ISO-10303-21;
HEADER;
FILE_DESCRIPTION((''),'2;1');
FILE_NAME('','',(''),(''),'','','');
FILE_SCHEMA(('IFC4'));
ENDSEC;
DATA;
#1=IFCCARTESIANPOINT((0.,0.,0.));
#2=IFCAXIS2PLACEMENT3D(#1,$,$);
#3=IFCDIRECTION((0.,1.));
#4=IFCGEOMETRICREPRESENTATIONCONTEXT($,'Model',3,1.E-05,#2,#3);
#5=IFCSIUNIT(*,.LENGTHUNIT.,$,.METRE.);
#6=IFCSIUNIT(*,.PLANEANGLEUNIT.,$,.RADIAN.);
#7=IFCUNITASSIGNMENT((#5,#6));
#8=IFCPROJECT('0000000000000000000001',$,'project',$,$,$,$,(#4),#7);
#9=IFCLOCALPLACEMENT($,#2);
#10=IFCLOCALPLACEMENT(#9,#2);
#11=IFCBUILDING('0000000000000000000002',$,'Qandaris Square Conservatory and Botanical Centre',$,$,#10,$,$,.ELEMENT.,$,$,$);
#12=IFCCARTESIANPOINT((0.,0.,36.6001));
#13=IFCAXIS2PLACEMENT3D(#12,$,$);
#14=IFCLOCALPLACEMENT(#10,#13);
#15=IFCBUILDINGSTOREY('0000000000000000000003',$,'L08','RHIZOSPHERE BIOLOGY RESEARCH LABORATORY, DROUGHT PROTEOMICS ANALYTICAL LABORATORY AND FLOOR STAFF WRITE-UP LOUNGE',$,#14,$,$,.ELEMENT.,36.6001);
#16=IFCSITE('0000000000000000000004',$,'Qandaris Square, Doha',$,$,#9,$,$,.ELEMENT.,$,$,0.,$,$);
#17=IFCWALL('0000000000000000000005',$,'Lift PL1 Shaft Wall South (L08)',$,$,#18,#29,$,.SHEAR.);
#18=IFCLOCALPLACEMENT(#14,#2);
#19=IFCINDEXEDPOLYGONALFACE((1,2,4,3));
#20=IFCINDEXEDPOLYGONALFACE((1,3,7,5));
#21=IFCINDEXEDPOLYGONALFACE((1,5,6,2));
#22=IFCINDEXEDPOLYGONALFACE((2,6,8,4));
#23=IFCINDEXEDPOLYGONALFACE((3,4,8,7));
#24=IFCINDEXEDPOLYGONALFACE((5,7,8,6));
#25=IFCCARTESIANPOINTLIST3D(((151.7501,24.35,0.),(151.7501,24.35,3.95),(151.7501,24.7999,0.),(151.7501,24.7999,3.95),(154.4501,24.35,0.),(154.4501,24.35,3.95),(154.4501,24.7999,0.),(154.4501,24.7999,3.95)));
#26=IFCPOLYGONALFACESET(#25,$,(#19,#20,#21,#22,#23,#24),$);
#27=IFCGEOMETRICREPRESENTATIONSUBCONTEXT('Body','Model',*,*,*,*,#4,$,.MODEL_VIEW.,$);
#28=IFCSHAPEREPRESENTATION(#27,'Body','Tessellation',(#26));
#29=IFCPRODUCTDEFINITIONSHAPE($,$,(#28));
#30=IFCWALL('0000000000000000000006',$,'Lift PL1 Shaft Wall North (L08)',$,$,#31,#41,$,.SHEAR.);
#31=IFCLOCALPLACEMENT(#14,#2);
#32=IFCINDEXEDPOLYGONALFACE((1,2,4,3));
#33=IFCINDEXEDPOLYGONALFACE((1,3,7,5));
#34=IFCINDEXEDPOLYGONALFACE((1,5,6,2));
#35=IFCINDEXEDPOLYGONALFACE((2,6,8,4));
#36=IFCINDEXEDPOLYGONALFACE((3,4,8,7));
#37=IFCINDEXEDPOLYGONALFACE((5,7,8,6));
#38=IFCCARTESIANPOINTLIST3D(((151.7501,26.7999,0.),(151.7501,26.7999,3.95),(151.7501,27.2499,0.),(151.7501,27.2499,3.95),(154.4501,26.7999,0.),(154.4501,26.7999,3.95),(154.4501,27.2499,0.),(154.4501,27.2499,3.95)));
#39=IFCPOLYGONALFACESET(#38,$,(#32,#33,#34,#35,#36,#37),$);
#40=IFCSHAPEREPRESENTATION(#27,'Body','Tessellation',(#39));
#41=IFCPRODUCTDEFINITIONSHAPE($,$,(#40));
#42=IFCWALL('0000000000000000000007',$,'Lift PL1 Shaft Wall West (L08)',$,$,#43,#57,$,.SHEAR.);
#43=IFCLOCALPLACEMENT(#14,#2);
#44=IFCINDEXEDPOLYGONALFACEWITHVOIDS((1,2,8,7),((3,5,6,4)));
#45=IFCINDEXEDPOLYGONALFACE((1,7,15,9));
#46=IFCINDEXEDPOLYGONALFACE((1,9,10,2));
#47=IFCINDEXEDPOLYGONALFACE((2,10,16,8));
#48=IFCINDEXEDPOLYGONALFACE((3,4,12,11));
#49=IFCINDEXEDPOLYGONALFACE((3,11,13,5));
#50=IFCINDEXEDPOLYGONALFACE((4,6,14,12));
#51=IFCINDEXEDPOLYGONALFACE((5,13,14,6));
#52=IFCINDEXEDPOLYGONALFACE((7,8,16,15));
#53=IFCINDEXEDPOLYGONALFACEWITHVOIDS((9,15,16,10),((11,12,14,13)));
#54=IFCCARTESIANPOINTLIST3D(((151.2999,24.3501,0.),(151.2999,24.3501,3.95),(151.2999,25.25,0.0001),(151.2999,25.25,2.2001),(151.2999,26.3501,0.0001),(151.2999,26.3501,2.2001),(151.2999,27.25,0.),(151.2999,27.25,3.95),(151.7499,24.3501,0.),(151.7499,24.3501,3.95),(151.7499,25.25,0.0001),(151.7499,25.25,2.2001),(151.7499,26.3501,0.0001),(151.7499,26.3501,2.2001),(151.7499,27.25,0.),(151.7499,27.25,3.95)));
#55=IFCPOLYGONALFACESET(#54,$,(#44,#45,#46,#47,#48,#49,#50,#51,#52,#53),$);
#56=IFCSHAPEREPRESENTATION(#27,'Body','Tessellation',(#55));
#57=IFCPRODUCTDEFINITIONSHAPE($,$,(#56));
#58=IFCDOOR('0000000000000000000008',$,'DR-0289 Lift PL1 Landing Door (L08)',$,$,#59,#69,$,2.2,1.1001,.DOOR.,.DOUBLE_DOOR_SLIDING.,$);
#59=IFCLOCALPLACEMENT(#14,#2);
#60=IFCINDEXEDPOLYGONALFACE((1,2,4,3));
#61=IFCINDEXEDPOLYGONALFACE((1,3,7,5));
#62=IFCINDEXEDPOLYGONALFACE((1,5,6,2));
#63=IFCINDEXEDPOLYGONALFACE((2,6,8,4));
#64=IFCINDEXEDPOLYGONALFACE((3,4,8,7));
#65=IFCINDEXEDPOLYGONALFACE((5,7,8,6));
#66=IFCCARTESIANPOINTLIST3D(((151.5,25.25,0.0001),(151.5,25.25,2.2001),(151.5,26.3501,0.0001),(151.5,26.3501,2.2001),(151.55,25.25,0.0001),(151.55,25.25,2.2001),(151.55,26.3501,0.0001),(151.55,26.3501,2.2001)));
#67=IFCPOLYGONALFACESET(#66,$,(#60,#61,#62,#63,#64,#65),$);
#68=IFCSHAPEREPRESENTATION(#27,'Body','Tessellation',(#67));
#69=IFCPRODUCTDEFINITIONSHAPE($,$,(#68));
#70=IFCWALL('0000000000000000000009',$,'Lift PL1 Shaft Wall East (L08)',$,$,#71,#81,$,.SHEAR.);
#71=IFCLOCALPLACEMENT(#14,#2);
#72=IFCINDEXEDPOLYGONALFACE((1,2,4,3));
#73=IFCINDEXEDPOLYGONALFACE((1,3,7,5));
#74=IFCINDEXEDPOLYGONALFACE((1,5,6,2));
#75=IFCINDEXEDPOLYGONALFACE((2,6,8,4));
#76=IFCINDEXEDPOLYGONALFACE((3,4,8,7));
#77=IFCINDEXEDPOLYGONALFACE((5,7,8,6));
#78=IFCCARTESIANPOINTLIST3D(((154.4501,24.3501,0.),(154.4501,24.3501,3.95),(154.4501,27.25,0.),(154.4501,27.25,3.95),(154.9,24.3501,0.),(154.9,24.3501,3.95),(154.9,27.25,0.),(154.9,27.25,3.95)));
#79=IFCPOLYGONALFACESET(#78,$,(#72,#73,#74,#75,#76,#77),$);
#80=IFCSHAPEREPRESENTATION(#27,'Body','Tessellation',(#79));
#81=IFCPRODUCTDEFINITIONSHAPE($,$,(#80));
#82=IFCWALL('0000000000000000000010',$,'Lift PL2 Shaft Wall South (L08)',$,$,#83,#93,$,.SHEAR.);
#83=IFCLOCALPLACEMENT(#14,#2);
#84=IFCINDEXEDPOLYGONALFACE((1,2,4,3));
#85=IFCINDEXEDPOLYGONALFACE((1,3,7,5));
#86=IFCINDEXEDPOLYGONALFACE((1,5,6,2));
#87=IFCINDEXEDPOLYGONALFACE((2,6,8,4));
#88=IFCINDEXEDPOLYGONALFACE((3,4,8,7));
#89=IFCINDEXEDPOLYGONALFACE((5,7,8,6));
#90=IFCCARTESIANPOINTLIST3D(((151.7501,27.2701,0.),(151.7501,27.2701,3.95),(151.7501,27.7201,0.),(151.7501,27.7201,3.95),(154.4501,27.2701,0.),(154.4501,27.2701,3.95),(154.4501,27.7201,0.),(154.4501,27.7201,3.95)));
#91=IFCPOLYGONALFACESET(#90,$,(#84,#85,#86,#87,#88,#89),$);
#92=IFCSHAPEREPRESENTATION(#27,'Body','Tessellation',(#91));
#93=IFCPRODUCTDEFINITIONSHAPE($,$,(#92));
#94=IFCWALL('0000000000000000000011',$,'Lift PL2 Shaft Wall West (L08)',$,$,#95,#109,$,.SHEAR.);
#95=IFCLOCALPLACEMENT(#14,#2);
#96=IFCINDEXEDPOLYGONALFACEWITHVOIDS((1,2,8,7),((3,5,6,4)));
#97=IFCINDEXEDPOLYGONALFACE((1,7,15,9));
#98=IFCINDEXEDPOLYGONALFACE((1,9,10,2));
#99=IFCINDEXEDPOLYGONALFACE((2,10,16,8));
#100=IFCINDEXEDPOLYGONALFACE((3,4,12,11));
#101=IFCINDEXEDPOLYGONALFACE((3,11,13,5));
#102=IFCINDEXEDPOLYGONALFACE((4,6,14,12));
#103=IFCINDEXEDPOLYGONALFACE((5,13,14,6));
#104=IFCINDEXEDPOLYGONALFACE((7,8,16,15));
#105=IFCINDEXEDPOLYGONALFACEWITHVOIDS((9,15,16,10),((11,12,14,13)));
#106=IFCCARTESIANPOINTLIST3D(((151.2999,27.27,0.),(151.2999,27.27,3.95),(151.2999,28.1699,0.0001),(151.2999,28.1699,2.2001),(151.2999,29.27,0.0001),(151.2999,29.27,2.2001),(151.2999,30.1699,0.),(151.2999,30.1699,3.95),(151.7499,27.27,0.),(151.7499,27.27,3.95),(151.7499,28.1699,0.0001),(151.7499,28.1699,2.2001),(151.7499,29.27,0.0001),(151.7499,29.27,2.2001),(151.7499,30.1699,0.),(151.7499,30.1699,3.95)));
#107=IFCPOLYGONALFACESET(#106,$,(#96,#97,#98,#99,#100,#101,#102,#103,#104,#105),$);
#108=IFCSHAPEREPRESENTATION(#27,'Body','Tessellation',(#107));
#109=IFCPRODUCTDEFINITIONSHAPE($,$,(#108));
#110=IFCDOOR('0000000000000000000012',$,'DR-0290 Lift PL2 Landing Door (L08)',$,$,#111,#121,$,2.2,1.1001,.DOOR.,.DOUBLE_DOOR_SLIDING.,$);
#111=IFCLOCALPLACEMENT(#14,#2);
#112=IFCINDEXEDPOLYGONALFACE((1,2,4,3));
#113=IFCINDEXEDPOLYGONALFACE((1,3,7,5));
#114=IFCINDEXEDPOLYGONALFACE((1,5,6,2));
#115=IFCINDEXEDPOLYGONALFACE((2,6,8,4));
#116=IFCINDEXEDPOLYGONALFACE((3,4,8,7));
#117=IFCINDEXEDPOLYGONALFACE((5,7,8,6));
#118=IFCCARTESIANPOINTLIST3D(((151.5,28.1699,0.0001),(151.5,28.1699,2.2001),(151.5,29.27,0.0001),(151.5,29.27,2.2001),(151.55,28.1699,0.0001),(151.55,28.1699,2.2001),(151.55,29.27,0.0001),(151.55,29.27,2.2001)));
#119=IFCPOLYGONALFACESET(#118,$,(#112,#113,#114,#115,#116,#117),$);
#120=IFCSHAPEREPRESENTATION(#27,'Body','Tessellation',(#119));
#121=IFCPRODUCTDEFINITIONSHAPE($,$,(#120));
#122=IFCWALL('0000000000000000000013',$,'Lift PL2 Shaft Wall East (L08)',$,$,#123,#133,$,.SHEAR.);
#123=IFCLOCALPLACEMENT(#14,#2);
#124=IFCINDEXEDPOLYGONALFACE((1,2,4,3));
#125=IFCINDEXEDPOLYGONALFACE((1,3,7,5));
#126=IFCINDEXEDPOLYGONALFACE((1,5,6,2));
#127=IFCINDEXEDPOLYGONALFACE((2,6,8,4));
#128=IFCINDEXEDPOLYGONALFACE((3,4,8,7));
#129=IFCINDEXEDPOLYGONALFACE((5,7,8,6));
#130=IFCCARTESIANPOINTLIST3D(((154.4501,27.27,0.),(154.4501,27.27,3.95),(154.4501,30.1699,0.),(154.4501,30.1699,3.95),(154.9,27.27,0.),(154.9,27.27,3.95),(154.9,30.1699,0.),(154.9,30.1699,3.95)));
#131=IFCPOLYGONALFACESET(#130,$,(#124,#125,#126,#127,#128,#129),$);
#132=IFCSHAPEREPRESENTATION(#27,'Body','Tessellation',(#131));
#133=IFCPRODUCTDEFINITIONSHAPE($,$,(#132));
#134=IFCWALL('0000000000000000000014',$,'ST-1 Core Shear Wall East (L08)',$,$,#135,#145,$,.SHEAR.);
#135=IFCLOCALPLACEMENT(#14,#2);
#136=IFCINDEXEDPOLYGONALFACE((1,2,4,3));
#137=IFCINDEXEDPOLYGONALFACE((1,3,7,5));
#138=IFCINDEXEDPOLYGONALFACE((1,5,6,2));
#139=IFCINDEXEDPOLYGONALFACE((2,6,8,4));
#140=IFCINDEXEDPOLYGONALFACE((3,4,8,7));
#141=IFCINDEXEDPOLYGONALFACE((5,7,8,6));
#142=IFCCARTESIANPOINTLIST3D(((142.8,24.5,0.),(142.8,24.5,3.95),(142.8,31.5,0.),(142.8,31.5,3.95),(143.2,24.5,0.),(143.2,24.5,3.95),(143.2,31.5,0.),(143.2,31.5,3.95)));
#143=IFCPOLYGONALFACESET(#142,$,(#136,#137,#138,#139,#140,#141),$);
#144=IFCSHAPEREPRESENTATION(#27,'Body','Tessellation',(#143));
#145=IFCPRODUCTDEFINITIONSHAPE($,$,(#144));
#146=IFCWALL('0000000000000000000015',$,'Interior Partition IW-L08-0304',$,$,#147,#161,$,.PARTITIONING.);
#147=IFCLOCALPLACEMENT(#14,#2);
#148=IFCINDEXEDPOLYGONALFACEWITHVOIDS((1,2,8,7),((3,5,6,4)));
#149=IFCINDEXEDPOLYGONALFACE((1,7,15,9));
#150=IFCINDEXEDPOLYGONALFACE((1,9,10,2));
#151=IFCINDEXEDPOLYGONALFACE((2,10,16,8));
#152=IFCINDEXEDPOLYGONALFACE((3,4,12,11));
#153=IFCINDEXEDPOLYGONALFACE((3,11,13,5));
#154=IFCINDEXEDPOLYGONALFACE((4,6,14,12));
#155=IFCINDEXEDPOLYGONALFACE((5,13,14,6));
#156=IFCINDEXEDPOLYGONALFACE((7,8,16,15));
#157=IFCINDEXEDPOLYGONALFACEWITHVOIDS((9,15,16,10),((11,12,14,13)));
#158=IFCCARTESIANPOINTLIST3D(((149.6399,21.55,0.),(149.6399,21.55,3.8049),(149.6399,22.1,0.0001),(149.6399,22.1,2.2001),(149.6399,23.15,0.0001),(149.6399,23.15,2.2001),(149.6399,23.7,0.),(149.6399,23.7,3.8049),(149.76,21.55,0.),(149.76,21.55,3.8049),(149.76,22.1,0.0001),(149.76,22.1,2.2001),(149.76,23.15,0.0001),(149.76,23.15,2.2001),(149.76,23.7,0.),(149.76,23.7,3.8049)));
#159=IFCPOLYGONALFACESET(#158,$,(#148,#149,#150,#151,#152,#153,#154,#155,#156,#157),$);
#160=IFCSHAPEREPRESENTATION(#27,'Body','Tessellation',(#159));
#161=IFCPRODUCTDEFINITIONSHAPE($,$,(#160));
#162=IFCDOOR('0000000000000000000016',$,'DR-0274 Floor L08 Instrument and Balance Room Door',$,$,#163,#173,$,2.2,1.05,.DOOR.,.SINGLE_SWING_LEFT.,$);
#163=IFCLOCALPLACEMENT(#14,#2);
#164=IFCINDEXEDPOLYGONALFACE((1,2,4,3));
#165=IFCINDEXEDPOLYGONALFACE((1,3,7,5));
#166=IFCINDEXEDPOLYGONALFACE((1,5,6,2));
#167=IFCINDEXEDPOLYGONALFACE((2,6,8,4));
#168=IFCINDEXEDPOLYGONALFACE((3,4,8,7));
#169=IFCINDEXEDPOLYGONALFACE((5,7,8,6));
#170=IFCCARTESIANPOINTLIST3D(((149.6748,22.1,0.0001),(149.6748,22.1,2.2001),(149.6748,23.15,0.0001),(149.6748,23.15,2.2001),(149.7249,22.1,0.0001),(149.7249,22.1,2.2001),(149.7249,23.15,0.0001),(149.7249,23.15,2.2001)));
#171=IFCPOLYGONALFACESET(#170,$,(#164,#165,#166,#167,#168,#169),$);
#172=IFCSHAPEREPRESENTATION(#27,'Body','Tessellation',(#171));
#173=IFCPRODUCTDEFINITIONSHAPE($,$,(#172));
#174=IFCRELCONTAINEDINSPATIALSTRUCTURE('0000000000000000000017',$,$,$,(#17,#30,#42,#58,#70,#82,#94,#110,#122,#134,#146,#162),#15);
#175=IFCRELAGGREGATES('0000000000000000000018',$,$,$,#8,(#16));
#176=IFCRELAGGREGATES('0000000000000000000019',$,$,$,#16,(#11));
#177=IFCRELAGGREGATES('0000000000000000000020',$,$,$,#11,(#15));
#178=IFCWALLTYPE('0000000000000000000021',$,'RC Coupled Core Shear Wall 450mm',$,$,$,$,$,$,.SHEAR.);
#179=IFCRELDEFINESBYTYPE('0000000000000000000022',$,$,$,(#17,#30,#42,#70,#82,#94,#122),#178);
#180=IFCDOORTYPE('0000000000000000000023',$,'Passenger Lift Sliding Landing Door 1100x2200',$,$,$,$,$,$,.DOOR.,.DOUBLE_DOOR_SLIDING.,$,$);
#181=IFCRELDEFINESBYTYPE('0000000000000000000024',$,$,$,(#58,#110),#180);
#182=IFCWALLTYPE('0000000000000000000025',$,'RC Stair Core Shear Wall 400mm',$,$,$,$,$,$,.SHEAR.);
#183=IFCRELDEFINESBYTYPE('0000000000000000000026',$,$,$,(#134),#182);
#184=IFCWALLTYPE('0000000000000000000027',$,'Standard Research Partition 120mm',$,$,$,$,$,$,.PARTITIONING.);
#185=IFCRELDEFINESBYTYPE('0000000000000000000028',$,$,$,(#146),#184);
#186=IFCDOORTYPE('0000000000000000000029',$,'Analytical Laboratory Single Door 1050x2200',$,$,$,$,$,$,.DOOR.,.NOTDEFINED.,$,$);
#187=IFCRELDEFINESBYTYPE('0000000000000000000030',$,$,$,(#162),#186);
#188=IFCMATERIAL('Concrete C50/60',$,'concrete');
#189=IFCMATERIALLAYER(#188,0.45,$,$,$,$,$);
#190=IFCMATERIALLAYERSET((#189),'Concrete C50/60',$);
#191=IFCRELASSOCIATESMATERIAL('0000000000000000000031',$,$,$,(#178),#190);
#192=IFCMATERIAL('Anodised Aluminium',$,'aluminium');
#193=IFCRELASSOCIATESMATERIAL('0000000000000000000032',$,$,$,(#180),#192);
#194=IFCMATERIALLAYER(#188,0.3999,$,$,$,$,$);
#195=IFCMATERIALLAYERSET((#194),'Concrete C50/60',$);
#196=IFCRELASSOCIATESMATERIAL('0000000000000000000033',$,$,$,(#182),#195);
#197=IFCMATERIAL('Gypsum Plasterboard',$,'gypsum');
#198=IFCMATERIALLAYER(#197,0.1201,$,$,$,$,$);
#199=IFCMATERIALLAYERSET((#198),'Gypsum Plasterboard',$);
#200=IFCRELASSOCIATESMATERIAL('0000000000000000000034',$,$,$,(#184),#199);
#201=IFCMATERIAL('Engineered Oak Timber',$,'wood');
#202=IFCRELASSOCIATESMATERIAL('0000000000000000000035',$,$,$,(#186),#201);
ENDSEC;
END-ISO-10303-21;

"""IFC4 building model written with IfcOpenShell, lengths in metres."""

from ifc_helpers import new_model, si_unit, direction, frame, frame_2d, origin, place, context, subcontext, project, spatial, rectangle, extrude, material, layer, layer_set, type_object, element, fill, save


model = new_model("IFC4")

# Units and contexts
model_context = context("Model", 3, precision=1e-05, world=origin(), true_north=direction((0.0, 1.0)))
body_context = subcontext(model_context, "Body", "Model", "MODEL_VIEW")
ifc_project = project(units=[si_unit("LENGTHUNIT", "METRE"), si_unit("PLANEANGLEUNIT", "RADIAN")], contexts=[model_context])

# Site, building, storey
site_placement = place(None, origin())
site = spatial("IfcSite", under=ifc_project, at=site_placement, Name="Qandaris Square, Doha", CompositionType="ELEMENT", RefElevation=0.0)
building_placement = place(site_placement, origin())
building = spatial("IfcBuilding", under=site, at=building_placement, Name="Qandaris Square Conservatory and Botanical Centre", CompositionType="ELEMENT")
storey_placement = place(building_placement, frame((0.0, 0.0, 36.6001)))
storey = spatial("IfcBuildingStorey", under=building, at=storey_placement, Name="L08", Description="RHIZOSPHERE BIOLOGY RESEARCH LABORATORY, DROUGHT PROTEOMICS ANALYTICAL LABORATORY AND FLOOR STAFF WRITE-UP LOUNGE", CompositionType="ELEMENT", Elevation=36.6001)

# Shared definitions
ifc_material_1 = material(Name="Concrete C50/60", Category="concrete")

# Shared definitions
ifc_material_2 = material(Name="Gypsum Plasterboard", Category="gypsum")
ifc_material_3 = material(Name="Engineered Oak Timber", Category="wood")

# Shared definitions
ifc_material_4 = material(Name="Anodised Aluminium", Category="aluminium")

# Walls
ifc_layer_1 = layer(ifc_material_1, 0.45)
ifc_layer_set_1 = layer_set([ifc_layer_1], Name="Concrete C50/60")
wall_type_1 = type_object("IfcWallType", Name="RC Coupled Core Shear Wall 450mm", PredefinedType="SHEAR", material=ifc_layer_set_1)
for number, where, z_axis, x_axis, name in (
    (1, (151.75, 24.575, 0.0), (0.0, 0.0, 1.0), (1.0, 0.0, 0.0), "Lift PL1 Shaft Wall South (L08)"),
    (2, (151.75, 27.0249, 0.0), (0.0, 0.0, 1.0), (1.0, 0.0, 0.0), "Lift PL1 Shaft Wall North (L08)"),
):
    element("IfcWall", number, at=place(storey_placement, frame(where, z_axis=z_axis, x_axis=x_axis)), inside=storey, type_object=wall_type_1, Name=name, PredefinedType="SHEAR", context=body_context, shape_type="SweptSolid", body=[
        extrude(rectangle(XDim=2.7, YDim=0.45, at=frame_2d((1.3501, 0.0))), origin(), (0.0, 0.0, 1.0), 3.95),
    ])

# Wall, opening, door
wall_1_placement = place(storey_placement, frame((151.5249, 24.3501, 0.0), z_axis=(0.0, 0.0, 1.0), x_axis=(0.0, 1.0, 0.0)))
wall_1 = element("IfcWall", 3, at=wall_1_placement, inside=storey, type_object=wall_type_1, Name="Lift PL1 Shaft Wall West (L08)", PredefinedType="SHEAR", context=body_context, shape_type="SweptSolid", body=[
    extrude(rectangle(XDim=2.8999, YDim=0.45, at=frame_2d((1.45, 0.0))), origin(), (0.0, 0.0, 1.0), 3.95),
])
opening_1_placement = place(wall_1_placement, frame((0.8999, 0.0, 0.0)))
opening_1 = element("IfcOpeningElement", 4, at=opening_1_placement, cuts=wall_1, PredefinedType="OPENING", context=body_context, shape_type="SweptSolid", body=[
    extrude(rectangle(XDim=1.1001, YDim=2.2, at=frame_2d((0.55, 1.1001))), frame((0.0, 0.2368, 0.0), z_axis=(0.0, -1.0, 0.0), x_axis=(1.0, 0.0, 0.0)), (0.0, 0.0, 1.0), 0.4739),
])
door_type_1 = type_object("IfcDoorType", Name="Passenger Lift Sliding Landing Door 1100x2200", OperationType="DOUBLE_DOOR_SLIDING", PredefinedType="DOOR", material=ifc_material_4)
door_1_placement = place(opening_1_placement, origin())
door_1 = element("IfcDoor", 5, at=door_1_placement, inside=storey, type_object=door_type_1, Name="DR-0289 Lift PL1 Landing Door (L08)", OperationType="DOUBLE_DOOR_SLIDING", OverallHeight=2.2, OverallWidth=1.1001, PredefinedType="DOOR", context=body_context, shape_type="SweptSolid", body=[
    extrude(rectangle(XDim=1.1001, YDim=2.2, at=frame_2d((0.55, 1.1001))), frame((0.0, 0.0249, 0.0), z_axis=(0.0, -1.0, 0.0), x_axis=(1.0, 0.0, 0.0)), (0.0, 0.0, 1.0), 0.05),
])
fill(opening_1, door_1)

# Walls
wall_2_placement = place(storey_placement, frame((154.675, 24.3501, 0.0), z_axis=(0.0, 0.0, 1.0), x_axis=(0.0, 1.0, 0.0)))
element("IfcWall", 6, at=wall_2_placement, inside=storey, type_object=wall_type_1, Name="Lift PL1 Shaft Wall East (L08)", PredefinedType="SHEAR", context=body_context, shape_type="SweptSolid", body=[
    extrude(rectangle(XDim=2.8999, YDim=0.45, at=frame_2d((1.45, 0.0))), origin(), (0.0, 0.0, 1.0), 3.95),
])
wall_3_placement = place(storey_placement, frame((151.75, 27.4951, 0.0), z_axis=(0.0, 0.0, 1.0), x_axis=(1.0, 0.0, 0.0)))
element("IfcWall", 7, at=wall_3_placement, inside=storey, type_object=wall_type_1, Name="Lift PL2 Shaft Wall South (L08)", PredefinedType="SHEAR", context=body_context, shape_type="SweptSolid", body=[
    extrude(rectangle(XDim=2.7, YDim=0.45, at=frame_2d((1.3501, 0.0))), origin(), (0.0, 0.0, 1.0), 3.95),
])

# Wall, opening, door
wall_4_placement = place(storey_placement, frame((151.5249, 27.27, 0.0), z_axis=(0.0, 0.0, 1.0), x_axis=(0.0, 1.0, 0.0)))
wall_4 = element("IfcWall", 8, at=wall_4_placement, inside=storey, type_object=wall_type_1, Name="Lift PL2 Shaft Wall West (L08)", PredefinedType="SHEAR", context=body_context, shape_type="SweptSolid", body=[
    extrude(rectangle(XDim=2.8999, YDim=0.45, at=frame_2d((1.45, 0.0))), origin(), (0.0, 0.0, 1.0), 3.95),
])
opening_2_placement = place(wall_4_placement, frame((0.8999, 0.0, 0.0)))
opening_2 = element("IfcOpeningElement", 9, at=opening_2_placement, cuts=wall_4, PredefinedType="OPENING", context=body_context, shape_type="SweptSolid", body=[
    extrude(rectangle(XDim=1.1001, YDim=2.2, at=frame_2d((0.55, 1.1001))), frame((0.0, 0.2368, 0.0), z_axis=(0.0, -1.0, 0.0), x_axis=(1.0, 0.0, 0.0)), (0.0, 0.0, 1.0), 0.4739),
])
door_2_placement = place(opening_2_placement, origin())
door_2 = element("IfcDoor", 10, at=door_2_placement, inside=storey, type_object=door_type_1, Name="DR-0290 Lift PL2 Landing Door (L08)", OperationType="DOUBLE_DOOR_SLIDING", OverallHeight=2.2, OverallWidth=1.1001, PredefinedType="DOOR", context=body_context, shape_type="SweptSolid", body=[
    extrude(rectangle(XDim=1.1001, YDim=2.2, at=frame_2d((0.55, 1.1001))), frame((0.0, 0.0249, 0.0), z_axis=(0.0, -1.0, 0.0), x_axis=(1.0, 0.0, 0.0)), (0.0, 0.0, 1.0), 0.05),
])
fill(opening_2, door_2)

# Walls
wall_5_placement = place(storey_placement, frame((154.675, 27.27, 0.0), z_axis=(0.0, 0.0, 1.0), x_axis=(0.0, 1.0, 0.0)))
element("IfcWall", 11, at=wall_5_placement, inside=storey, type_object=wall_type_1, Name="Lift PL2 Shaft Wall East (L08)", PredefinedType="SHEAR", context=body_context, shape_type="SweptSolid", body=[
    extrude(rectangle(XDim=2.8999, YDim=0.45, at=frame_2d((1.45, 0.0))), origin(), (0.0, 0.0, 1.0), 3.95),
])
ifc_layer_2 = layer(ifc_material_1, 0.3999)
ifc_layer_set_2 = layer_set([ifc_layer_2], Name="Concrete C50/60")
wall_type_2 = type_object("IfcWallType", Name="RC Stair Core Shear Wall 400mm", PredefinedType="SHEAR", material=ifc_layer_set_2)
wall_6_placement = place(storey_placement, frame((143.0, 24.5, 0.0), z_axis=(0.0, 0.0, 1.0), x_axis=(0.0, 1.0, 0.0)))
element("IfcWall", 12, at=wall_6_placement, inside=storey, type_object=wall_type_2, Name="ST-1 Core Shear Wall East (L08)", PredefinedType="SHEAR", context=body_context, shape_type="SweptSolid", body=[
    extrude(rectangle(XDim=7.0, YDim=0.3999, at=frame_2d((3.5, 0.0))), origin(), (0.0, 0.0, 1.0), 3.95),
])

# Wall, opening, door
ifc_layer_3 = layer(ifc_material_2, 0.1201)
ifc_layer_set_3 = layer_set([ifc_layer_3], Name="Gypsum Plasterboard")
wall_type_3 = type_object("IfcWallType", Name="Standard Research Partition 120mm", PredefinedType="PARTITIONING", material=ifc_layer_set_3)
wall_7_placement = place(storey_placement, frame((149.7, 23.7, 0.0), z_axis=(0.0, 0.0, 1.0), x_axis=(0.0, -1.0, 0.0)))
wall_7 = element("IfcWall", 13, at=wall_7_placement, inside=storey, type_object=wall_type_3, Name="Interior Partition IW-L08-0304", PredefinedType="PARTITIONING", context=body_context, shape_type="SweptSolid", body=[
    extrude(rectangle(XDim=2.1499, YDim=0.1201, at=frame_2d((1.075, 0.0))), origin(), (0.0, 0.0, 1.0), 3.8049),
])
opening_3_placement = place(wall_7_placement, frame((0.55, 0.0, 0.0)))
opening_3 = element("IfcOpeningElement", 14, at=opening_3_placement, cuts=wall_7, PredefinedType="OPENING", context=body_context, shape_type="SweptSolid", body=[
    extrude(rectangle(XDim=1.05, YDim=2.2, at=frame_2d((0.5249, 1.1001))), frame((0.0, 0.072, 0.0), z_axis=(0.0, -1.0, 0.0), x_axis=(1.0, 0.0, 0.0)), (0.0, 0.0, 1.0), 0.144),
])
door_type_2 = type_object("IfcDoorType", Name="Analytical Laboratory Single Door 1050x2200", OperationType="NOTDEFINED", PredefinedType="DOOR", material=ifc_material_3)
door_3_placement = place(opening_3_placement, origin())
door_3 = element("IfcDoor", 15, at=door_3_placement, inside=storey, type_object=door_type_2, Name="DR-0274 Floor L08 Instrument and Balance Room Door", OperationType="SINGLE_SWING_LEFT", OverallHeight=2.2, OverallWidth=1.05, PredefinedType="DOOR", context=body_context, shape_type="SweptSolid", body=[
    extrude(rectangle(XDim=1.05, YDim=2.2, at=frame_2d((0.5249, 1.1001))), frame((0.0, 0.0249, 0.0), z_axis=(0.0, -1.0, 0.0), x_axis=(1.0, 0.0, 0.0)), (0.0, 0.0, 1.0), 0.05),
])
fill(opening_3, door_3)

save(model, "model.ifc")
